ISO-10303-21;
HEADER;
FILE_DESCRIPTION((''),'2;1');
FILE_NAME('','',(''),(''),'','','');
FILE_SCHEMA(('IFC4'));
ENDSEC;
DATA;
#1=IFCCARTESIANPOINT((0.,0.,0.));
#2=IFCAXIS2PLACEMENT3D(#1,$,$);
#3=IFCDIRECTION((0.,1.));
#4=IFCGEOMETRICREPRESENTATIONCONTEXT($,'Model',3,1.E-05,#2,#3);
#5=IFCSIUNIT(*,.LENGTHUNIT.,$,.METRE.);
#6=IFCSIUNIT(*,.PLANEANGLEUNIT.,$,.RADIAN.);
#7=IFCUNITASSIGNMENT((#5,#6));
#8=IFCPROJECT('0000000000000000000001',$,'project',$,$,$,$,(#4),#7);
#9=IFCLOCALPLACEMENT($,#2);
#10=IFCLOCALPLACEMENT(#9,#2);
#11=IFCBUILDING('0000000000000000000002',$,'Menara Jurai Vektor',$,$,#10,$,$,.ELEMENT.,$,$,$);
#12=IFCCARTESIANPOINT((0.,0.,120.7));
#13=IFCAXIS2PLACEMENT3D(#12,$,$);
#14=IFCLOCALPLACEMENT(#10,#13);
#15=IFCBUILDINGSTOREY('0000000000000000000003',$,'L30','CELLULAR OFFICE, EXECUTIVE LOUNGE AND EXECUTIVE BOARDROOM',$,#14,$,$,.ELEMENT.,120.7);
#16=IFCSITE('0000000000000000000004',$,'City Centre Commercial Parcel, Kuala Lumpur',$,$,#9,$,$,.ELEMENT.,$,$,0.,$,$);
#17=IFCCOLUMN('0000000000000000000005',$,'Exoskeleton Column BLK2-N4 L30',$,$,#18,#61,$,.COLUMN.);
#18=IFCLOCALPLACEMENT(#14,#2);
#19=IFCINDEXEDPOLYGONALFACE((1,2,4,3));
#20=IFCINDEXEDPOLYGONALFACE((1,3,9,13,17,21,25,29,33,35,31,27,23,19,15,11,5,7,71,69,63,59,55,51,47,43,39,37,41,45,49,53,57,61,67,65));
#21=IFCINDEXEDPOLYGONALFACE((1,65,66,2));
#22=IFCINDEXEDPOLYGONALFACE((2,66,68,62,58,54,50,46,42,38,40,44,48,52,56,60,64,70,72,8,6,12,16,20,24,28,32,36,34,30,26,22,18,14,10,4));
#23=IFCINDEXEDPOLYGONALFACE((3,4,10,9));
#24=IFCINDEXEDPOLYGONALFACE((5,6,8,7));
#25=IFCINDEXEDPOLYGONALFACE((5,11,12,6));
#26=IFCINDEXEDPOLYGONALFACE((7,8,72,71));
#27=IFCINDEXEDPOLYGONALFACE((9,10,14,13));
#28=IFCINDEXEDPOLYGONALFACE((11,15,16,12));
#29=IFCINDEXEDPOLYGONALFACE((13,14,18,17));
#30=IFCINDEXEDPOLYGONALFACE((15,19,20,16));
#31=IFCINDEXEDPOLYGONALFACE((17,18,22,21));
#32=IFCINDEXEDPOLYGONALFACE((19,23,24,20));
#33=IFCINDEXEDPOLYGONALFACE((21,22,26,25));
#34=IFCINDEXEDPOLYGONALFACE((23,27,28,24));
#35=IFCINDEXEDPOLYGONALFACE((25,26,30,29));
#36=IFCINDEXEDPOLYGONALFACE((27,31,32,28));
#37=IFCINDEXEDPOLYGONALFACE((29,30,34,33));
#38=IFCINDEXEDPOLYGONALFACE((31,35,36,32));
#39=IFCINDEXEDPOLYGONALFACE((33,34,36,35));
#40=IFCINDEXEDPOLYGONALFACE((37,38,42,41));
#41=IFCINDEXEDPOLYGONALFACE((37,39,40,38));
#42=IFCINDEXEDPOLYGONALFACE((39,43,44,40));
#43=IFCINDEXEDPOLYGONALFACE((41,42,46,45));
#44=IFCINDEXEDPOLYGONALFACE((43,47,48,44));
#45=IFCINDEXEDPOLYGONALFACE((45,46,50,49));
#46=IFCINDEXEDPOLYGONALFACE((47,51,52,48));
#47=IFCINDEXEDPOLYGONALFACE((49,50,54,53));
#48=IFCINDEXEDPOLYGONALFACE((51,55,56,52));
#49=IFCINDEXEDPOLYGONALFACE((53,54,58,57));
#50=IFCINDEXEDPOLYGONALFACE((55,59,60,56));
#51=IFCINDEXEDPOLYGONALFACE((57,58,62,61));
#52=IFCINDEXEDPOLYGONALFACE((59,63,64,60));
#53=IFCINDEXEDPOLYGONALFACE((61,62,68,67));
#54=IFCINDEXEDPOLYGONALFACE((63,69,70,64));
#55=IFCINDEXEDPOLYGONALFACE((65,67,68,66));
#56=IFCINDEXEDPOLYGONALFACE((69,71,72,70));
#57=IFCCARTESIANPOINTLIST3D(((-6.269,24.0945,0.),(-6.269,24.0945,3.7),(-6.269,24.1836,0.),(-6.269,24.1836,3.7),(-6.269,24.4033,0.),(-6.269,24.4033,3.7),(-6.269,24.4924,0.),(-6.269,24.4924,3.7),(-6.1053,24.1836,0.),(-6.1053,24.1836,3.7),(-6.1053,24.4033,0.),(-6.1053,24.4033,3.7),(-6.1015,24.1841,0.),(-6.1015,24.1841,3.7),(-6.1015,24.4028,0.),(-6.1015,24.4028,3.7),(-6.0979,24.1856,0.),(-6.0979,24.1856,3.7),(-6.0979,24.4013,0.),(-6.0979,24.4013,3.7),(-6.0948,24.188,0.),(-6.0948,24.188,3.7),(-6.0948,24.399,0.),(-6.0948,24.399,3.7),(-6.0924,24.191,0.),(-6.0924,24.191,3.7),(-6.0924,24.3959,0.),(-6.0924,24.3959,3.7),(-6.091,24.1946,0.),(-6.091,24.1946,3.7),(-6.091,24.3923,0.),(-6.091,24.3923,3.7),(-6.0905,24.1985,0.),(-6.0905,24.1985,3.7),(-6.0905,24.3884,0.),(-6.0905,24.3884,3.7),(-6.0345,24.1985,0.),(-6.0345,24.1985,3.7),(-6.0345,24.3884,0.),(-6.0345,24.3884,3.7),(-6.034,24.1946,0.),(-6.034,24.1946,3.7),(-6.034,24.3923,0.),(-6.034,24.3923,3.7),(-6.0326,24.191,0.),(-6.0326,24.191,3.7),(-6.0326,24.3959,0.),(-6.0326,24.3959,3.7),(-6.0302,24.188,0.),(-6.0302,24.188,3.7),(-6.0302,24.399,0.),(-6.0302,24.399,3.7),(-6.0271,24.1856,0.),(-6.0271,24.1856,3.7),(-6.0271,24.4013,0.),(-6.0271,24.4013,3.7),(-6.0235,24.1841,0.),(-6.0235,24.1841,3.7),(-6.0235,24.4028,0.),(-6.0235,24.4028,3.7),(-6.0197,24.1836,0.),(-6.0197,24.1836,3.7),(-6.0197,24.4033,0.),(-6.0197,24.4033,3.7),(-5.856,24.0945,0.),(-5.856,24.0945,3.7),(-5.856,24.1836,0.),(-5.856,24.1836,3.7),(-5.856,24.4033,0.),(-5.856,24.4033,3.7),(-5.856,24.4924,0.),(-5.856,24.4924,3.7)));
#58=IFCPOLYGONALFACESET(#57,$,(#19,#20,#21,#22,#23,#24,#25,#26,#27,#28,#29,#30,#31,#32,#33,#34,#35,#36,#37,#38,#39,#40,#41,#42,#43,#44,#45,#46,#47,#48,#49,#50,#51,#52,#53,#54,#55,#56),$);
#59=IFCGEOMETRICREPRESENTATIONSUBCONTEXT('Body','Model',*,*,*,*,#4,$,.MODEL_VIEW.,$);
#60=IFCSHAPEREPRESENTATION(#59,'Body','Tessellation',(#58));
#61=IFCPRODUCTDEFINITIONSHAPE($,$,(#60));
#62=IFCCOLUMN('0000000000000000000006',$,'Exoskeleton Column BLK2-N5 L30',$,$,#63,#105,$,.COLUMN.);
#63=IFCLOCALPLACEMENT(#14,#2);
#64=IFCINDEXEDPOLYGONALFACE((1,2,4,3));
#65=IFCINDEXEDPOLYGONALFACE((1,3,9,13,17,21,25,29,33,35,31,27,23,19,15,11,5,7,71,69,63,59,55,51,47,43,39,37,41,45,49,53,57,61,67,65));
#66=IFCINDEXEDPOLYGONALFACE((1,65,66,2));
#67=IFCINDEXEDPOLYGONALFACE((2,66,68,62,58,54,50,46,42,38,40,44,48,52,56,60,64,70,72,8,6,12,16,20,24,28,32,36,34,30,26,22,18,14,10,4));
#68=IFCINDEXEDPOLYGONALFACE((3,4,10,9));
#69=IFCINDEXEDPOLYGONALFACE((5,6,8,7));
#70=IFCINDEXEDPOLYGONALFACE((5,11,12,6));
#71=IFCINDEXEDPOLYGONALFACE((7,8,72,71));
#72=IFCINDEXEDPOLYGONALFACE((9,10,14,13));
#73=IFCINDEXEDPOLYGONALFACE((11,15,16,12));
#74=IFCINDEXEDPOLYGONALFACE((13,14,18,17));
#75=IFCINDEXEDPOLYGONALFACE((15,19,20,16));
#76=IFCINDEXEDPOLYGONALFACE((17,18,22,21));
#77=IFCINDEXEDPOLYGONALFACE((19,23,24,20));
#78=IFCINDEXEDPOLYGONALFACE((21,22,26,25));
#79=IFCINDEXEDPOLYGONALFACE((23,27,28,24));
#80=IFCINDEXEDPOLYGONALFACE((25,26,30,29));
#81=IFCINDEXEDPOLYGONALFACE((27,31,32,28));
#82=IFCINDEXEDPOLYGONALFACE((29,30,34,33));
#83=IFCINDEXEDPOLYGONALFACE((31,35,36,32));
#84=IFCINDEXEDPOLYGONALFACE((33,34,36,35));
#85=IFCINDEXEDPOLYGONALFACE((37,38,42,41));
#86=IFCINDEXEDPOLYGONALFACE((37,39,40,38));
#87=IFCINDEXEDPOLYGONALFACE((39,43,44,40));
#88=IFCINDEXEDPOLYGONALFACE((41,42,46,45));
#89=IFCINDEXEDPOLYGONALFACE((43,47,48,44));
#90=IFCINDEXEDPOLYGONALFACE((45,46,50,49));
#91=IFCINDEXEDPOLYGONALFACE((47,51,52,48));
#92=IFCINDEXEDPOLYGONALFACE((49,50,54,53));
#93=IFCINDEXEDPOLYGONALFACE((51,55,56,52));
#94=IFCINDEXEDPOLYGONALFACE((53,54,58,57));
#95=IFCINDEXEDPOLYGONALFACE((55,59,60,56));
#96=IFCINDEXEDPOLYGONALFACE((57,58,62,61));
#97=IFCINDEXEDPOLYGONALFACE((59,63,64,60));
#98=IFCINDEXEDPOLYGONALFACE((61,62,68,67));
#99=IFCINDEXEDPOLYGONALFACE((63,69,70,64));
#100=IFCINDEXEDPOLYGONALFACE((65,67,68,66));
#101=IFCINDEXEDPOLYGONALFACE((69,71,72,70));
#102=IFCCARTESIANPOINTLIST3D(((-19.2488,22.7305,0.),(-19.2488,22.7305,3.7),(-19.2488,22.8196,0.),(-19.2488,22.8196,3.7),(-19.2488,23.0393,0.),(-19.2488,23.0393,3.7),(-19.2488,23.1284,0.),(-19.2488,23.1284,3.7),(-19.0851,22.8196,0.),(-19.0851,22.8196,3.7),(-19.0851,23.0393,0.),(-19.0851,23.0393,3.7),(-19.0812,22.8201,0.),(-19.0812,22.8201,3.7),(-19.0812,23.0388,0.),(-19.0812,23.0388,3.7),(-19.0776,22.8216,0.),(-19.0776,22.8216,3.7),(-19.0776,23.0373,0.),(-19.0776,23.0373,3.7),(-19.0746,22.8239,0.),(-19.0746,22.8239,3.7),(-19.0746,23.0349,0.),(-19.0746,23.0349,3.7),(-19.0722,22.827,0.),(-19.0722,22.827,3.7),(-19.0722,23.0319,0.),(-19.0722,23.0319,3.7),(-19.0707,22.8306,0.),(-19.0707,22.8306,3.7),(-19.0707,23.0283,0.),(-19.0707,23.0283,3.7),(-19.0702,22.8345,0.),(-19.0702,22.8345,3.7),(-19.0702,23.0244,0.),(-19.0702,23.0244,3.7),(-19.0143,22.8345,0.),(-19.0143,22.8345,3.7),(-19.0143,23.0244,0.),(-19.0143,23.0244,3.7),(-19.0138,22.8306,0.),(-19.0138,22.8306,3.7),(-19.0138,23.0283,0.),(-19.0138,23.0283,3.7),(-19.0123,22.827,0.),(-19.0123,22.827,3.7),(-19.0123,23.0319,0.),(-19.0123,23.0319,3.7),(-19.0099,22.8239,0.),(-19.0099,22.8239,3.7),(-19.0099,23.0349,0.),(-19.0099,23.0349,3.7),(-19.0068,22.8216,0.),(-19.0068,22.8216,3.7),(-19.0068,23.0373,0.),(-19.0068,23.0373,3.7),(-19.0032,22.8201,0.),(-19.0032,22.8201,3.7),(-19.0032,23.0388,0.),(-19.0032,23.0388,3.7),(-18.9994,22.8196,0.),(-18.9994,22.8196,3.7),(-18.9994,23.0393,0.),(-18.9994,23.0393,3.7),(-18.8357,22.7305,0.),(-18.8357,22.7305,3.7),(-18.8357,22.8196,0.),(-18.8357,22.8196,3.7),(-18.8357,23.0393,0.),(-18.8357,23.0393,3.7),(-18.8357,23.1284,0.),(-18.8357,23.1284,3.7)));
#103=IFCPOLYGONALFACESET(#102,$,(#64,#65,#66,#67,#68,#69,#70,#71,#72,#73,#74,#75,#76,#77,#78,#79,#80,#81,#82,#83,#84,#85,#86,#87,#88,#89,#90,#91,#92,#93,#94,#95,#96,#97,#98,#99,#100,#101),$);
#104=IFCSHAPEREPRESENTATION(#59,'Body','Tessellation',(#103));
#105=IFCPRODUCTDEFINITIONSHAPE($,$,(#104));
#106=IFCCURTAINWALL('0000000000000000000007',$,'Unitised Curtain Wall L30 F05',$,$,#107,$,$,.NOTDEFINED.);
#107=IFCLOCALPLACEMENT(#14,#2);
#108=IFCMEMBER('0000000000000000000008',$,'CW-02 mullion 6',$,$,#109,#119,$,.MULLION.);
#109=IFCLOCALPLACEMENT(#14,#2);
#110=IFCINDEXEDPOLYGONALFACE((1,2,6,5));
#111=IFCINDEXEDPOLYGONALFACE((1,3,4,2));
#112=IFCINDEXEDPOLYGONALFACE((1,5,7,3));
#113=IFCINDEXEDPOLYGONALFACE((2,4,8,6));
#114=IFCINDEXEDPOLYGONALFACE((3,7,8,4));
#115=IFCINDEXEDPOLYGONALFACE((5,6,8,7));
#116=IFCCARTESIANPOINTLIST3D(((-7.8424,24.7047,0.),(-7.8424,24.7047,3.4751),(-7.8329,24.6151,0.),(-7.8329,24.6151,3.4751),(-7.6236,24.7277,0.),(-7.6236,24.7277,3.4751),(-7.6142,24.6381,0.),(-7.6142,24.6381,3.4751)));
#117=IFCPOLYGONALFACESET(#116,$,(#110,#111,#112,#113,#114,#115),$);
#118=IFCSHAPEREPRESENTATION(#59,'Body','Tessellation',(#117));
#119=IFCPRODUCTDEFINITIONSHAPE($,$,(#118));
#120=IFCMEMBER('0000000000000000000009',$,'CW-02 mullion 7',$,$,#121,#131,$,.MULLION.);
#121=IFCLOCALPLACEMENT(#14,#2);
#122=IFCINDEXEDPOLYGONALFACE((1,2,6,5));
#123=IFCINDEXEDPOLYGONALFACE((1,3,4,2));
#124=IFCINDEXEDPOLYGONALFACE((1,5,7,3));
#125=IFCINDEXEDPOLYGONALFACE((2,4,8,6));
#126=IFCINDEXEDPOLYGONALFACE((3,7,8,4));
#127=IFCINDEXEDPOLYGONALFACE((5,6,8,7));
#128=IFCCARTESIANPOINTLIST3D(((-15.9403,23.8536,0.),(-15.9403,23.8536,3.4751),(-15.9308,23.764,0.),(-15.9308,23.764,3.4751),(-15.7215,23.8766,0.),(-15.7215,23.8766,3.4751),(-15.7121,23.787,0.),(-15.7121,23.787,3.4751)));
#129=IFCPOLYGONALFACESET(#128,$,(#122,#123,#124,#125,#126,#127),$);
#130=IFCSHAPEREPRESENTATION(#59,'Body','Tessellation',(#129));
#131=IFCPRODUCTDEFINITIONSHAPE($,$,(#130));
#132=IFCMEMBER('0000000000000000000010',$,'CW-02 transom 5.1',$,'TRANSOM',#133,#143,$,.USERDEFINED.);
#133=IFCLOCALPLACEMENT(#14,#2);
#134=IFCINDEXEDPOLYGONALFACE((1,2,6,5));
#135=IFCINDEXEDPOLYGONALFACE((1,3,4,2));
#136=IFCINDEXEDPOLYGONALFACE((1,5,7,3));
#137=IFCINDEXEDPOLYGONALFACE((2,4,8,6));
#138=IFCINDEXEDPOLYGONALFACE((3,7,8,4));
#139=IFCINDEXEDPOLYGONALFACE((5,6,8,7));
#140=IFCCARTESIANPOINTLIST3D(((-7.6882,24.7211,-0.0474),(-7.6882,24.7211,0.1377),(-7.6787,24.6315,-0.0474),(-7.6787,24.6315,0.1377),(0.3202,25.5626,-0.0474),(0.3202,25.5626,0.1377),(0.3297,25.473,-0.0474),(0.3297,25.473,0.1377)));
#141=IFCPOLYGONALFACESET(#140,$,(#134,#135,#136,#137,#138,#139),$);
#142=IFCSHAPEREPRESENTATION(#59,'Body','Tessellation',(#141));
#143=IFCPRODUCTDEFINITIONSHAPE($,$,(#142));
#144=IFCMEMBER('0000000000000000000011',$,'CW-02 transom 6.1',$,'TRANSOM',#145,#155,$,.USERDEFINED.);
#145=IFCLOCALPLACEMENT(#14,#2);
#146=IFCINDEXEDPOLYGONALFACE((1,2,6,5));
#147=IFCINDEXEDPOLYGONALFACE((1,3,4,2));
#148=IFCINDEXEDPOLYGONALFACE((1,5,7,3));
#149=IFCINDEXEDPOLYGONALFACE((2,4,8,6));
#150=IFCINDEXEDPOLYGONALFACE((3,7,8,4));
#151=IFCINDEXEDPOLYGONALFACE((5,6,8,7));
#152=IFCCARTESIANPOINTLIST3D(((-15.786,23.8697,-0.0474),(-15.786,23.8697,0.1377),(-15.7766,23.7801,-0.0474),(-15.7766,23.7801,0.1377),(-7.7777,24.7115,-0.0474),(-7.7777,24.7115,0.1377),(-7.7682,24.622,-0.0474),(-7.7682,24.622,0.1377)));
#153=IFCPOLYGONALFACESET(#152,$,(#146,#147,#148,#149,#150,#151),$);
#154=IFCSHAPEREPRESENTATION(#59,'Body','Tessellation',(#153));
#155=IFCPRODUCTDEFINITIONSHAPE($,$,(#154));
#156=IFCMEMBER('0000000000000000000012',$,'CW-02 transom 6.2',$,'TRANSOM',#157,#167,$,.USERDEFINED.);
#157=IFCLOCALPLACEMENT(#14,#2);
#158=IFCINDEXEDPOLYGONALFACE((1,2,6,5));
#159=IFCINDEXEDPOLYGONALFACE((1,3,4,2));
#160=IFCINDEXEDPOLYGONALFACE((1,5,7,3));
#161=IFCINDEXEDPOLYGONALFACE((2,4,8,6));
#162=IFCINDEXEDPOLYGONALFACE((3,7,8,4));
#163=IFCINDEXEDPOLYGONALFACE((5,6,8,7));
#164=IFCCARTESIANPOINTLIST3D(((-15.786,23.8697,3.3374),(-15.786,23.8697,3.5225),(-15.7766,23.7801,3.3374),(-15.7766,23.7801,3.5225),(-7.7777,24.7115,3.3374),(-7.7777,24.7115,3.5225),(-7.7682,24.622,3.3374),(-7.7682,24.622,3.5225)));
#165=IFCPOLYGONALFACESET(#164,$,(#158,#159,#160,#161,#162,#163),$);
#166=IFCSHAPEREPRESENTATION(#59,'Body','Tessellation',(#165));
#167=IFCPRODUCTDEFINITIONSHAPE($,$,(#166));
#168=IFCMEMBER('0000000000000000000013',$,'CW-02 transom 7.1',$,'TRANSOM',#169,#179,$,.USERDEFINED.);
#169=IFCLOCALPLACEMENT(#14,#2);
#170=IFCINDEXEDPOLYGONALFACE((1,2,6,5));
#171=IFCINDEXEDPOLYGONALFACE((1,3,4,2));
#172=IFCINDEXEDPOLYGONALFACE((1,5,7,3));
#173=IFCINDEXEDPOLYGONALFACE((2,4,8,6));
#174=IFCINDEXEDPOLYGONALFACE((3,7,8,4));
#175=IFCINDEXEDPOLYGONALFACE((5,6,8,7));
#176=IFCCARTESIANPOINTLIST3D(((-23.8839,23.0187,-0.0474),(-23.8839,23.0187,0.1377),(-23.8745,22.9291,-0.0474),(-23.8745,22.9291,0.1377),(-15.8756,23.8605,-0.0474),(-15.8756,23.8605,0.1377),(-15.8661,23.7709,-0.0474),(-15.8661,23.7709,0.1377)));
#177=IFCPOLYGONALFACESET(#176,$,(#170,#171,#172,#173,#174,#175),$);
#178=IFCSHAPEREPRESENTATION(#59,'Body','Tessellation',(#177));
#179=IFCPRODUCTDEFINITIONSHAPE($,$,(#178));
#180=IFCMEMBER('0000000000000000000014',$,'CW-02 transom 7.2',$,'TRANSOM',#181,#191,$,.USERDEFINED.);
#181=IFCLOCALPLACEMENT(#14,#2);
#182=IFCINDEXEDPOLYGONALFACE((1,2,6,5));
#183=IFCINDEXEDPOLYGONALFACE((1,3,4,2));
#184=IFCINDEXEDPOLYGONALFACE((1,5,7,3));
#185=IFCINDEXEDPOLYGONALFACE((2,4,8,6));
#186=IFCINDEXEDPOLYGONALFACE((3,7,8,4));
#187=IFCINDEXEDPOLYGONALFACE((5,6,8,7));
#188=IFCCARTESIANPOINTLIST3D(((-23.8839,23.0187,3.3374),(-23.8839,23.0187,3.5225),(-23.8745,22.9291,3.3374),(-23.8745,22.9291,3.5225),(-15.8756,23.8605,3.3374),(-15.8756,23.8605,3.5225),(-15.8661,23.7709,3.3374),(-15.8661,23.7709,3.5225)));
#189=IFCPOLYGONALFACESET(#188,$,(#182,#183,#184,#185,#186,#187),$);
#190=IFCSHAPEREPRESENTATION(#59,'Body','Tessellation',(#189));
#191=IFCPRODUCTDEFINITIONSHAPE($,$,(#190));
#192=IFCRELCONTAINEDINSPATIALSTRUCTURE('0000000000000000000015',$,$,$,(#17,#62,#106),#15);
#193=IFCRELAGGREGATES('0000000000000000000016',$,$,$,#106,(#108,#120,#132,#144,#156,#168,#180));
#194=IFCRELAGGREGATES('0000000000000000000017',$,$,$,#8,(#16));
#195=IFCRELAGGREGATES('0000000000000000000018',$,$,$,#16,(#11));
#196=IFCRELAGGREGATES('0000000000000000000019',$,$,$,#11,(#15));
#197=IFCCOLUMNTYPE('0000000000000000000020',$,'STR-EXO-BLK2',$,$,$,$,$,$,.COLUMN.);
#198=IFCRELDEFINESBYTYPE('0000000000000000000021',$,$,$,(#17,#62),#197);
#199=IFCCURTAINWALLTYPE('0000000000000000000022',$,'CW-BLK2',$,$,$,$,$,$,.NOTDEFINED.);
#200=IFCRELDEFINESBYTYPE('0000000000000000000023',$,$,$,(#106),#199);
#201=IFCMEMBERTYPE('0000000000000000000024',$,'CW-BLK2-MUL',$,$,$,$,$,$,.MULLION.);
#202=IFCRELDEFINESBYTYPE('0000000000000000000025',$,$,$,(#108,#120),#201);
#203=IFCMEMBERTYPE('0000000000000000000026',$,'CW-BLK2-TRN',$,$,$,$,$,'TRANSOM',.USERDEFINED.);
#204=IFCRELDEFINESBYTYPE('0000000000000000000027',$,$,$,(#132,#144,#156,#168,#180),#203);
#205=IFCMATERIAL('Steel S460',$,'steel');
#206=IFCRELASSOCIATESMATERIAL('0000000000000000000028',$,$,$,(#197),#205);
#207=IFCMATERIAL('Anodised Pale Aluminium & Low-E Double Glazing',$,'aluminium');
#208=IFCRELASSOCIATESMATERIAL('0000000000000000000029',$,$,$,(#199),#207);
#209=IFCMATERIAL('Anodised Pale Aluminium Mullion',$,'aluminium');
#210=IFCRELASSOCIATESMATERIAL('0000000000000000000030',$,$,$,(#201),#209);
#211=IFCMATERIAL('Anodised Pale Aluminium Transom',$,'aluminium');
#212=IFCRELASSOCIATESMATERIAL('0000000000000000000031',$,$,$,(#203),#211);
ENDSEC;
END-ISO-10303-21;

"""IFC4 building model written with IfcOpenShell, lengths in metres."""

from ifc_helpers import new_model, si_unit, direction, frame, origin, origin_2d, place, context, subcontext, project, spatial, rectangle, i_section, extrude, material, material_profile, profile_set, type_object, element, aggregate, save


model = new_model("IFC4")

# Units and contexts
model_context = context("Model", 3, precision=1e-05, world=origin(), true_north=direction((0.0, 1.0)))
body_context = subcontext(model_context, "Body", "Model", "MODEL_VIEW")
ifc_project = project(units=[si_unit("LENGTHUNIT", "METRE"), si_unit("PLANEANGLEUNIT", "RADIAN")], contexts=[model_context])

# Site, building, storey
site_placement = place(None, origin())
site = spatial("IfcSite", under=ifc_project, at=site_placement, Name="City Centre Commercial Parcel, Kuala Lumpur", CompositionType="ELEMENT", RefElevation=0.0)
building_placement = place(site_placement, origin())
building = spatial("IfcBuilding", under=site, at=building_placement, Name="Menara Jurai Vektor", CompositionType="ELEMENT")
storey_placement = place(building_placement, frame((0.0, 0.0, 120.7)))
storey = spatial("IfcBuildingStorey", under=building, at=storey_placement, Name="L30", Description="CELLULAR OFFICE, EXECUTIVE LOUNGE AND EXECUTIVE BOARDROOM", CompositionType="ELEMENT", Elevation=120.7)

# Columns
ifc_material_1 = material(Name="Steel S460", Category="steel")
ifc_material_profile_1 = material_profile(ifc_material_1, i_section(OverallWidth=0.4131, OverallDepth=0.3979, WebThickness=0.0559, FlangeThickness=0.0891, FilletRadius=0.0149, at=origin_2d()), Name="HD 400x744")
ifc_profile_set_1 = profile_set([ifc_material_profile_1], Name="Steel S460")
column_type = type_object("IfcColumnType", Name="STR-EXO-BLK2", PredefinedType="COLUMN", material=ifc_profile_set_1)
for number, where, z_axis, x_axis, name in (
    (1, (-6.0625, 24.2935, 0.0), (0.0, 0.0, 1.0), (1.0, 0.0, 0.0), "Exoskeleton Column BLK2-N4 L30"),
    (2, (-19.0422, 22.9294, 0.0), (0.0, 0.0, 1.0), (1.0, 0.0, 0.0), "Exoskeleton Column BLK2-N5 L30"),
):
    element("IfcColumn", number, at=place(storey_placement, frame(where, z_axis=z_axis, x_axis=x_axis)), inside=storey, type_object=column_type, Name=name, PredefinedType="COLUMN", context=body_context, shape_type="SweptSolid", body=[
        extrude(i_section(OverallWidth=0.4131, OverallDepth=0.3979, WebThickness=0.0559, FlangeThickness=0.0891, FilletRadius=0.0149, at=origin_2d()), origin(), (0.0, 0.0, 1.0), 3.7),
    ])

# Curtain wall, members
ifc_material_2 = material(Name="Anodised Pale Aluminium & Low-E Double Glazing", Category="aluminium")
curtain_wall_type = type_object("IfcCurtainWallType", Name="CW-BLK2", PredefinedType="NOTDEFINED", material=ifc_material_2)
curtain_wall_placement = place(storey_placement, origin())
curtain_wall = element("IfcCurtainWall", 3, at=curtain_wall_placement, inside=storey, type_object=curtain_wall_type, Name="Unitised Curtain Wall L30 F05", PredefinedType="NOTDEFINED")
ifc_material_3 = material(Name="Anodised Pale Aluminium Mullion", Category="aluminium")
ifc_material_profile_2 = material_profile(ifc_material_3, rectangle(XDim=0.0901, YDim=0.22, at=origin_2d()), Name="ALU MUL 90x220")
ifc_profile_set_2 = profile_set([ifc_material_profile_2], Name="Anodised Pale Aluminium Mullion")
member_type_1 = type_object("IfcMemberType", Name="CW-BLK2-MUL", PredefinedType="MULLION", material=ifc_profile_set_2)
member_1_placement = place(storey_placement, frame((-7.7283, 24.6714, 0.0), z_axis=(0.0, 0.0, 1.0), x_axis=(0.104529, -0.994522, 0.0)))
member_1 = element("IfcMember", 4, at=member_1_placement, type_object=member_type_1, Name="CW-02 mullion 6", PredefinedType="MULLION", context=body_context, shape_type="SweptSolid", body=[
    extrude(rectangle(XDim=0.0901, YDim=0.22, at=origin_2d()), origin(), (0.0, 0.0, 1.0), 3.4751),
])
member_2_placement = place(storey_placement, frame((-15.8262, 23.8203, 0.0), z_axis=(0.0, 0.0, 1.0), x_axis=(0.104529, -0.994522, 0.0)))
member_2 = element("IfcMember", 5, at=member_2_placement, type_object=member_type_1, Name="CW-02 mullion 7", PredefinedType="MULLION", context=body_context, shape_type="SweptSolid", body=[
    extrude(rectangle(XDim=0.0901, YDim=0.22, at=origin_2d()), origin(), (0.0, 0.0, 1.0), 3.4751),
])
ifc_material_4 = material(Name="Anodised Pale Aluminium Transom", Category="aluminium")
ifc_material_profile_3 = material_profile(ifc_material_4, rectangle(XDim=0.0901, YDim=0.1851, at=origin_2d()), Name="ALU TRN 90x185")
ifc_profile_set_3 = profile_set([ifc_material_profile_3], Name="Anodised Pale Aluminium Transom")
member_type_2 = type_object("IfcMemberType", Name="CW-BLK2-TRN", ElementType="TRANSOM", PredefinedType="USERDEFINED", material=ifc_profile_set_3)
member_3_placement = place(storey_placement, frame((0.325, 25.5178, 0.0452), z_axis=(-0.994524, -0.10451, 0.0), x_axis=(0.10451, -0.994524, 0.0)))
member_3 = element("IfcMember", 6, at=member_3_placement, type_object=member_type_2, Name="CW-02 transom 5.1", ObjectType="TRANSOM", PredefinedType="USERDEFINED", context=body_context, shape_type="SweptSolid", body=[
    extrude(rectangle(XDim=0.0901, YDim=0.1851, at=origin_2d()), origin(), (0.0, 0.0, 1.0), 8.0525),
])
member_4_placement = place(storey_placement, frame((-7.7729, 24.6667, 0.0452), z_axis=(-0.994521, -0.10454, 0.0), x_axis=(0.10454, -0.994521, 0.0)))
member_4 = element("IfcMember", 7, at=member_4_placement, type_object=member_type_2, Name="CW-02 transom 6.1", ObjectType="TRANSOM", PredefinedType="USERDEFINED", context=body_context, shape_type="SweptSolid", body=[
    extrude(rectangle(XDim=0.0901, YDim=0.1851, at=origin_2d()), origin(), (0.0, 0.0, 1.0), 8.0525),
])
member_5_placement = place(storey_placement, frame((-7.7729, 24.6667, 3.4299), z_axis=(-0.994521, -0.10454, 0.0), x_axis=(0.10454, -0.994521, 0.0)))
member_5 = element("IfcMember", 8, at=member_5_placement, type_object=member_type_2, Name="CW-02 transom 6.2", ObjectType="TRANSOM", PredefinedType="USERDEFINED", context=body_context, shape_type="SweptSolid", body=[
    extrude(rectangle(XDim=0.0901, YDim=0.1851, at=origin_2d()), origin(), (0.0, 0.0, 1.0), 8.0525),
])
member_6_placement = place(storey_placement, frame((-15.8708, 23.8157, 0.0452), z_axis=(-0.994521, -0.10454, 0.0), x_axis=(0.10454, -0.994521, 0.0)))
member_6 = element("IfcMember", 9, at=member_6_placement, type_object=member_type_2, Name="CW-02 transom 7.1", ObjectType="TRANSOM", PredefinedType="USERDEFINED", context=body_context, shape_type="SweptSolid", body=[
    extrude(rectangle(XDim=0.0901, YDim=0.1851, at=origin_2d()), origin(), (0.0, 0.0, 1.0), 8.0525),
])
member_7_placement = place(storey_placement, frame((-15.8708, 23.8157, 3.4299), z_axis=(-0.994521, -0.10454, 0.0), x_axis=(0.10454, -0.994521, 0.0)))
member_7 = element("IfcMember", 10, at=member_7_placement, type_object=member_type_2, Name="CW-02 transom 7.2", ObjectType="TRANSOM", PredefinedType="USERDEFINED", context=body_context, shape_type="SweptSolid", body=[
    extrude(rectangle(XDim=0.0901, YDim=0.1851, at=origin_2d()), origin(), (0.0, 0.0, 1.0), 8.0525),
])

aggregate(curtain_wall, [member_1, member_2, member_3, member_4, member_5, member_6, member_7])

save(model, "model.ifc")
